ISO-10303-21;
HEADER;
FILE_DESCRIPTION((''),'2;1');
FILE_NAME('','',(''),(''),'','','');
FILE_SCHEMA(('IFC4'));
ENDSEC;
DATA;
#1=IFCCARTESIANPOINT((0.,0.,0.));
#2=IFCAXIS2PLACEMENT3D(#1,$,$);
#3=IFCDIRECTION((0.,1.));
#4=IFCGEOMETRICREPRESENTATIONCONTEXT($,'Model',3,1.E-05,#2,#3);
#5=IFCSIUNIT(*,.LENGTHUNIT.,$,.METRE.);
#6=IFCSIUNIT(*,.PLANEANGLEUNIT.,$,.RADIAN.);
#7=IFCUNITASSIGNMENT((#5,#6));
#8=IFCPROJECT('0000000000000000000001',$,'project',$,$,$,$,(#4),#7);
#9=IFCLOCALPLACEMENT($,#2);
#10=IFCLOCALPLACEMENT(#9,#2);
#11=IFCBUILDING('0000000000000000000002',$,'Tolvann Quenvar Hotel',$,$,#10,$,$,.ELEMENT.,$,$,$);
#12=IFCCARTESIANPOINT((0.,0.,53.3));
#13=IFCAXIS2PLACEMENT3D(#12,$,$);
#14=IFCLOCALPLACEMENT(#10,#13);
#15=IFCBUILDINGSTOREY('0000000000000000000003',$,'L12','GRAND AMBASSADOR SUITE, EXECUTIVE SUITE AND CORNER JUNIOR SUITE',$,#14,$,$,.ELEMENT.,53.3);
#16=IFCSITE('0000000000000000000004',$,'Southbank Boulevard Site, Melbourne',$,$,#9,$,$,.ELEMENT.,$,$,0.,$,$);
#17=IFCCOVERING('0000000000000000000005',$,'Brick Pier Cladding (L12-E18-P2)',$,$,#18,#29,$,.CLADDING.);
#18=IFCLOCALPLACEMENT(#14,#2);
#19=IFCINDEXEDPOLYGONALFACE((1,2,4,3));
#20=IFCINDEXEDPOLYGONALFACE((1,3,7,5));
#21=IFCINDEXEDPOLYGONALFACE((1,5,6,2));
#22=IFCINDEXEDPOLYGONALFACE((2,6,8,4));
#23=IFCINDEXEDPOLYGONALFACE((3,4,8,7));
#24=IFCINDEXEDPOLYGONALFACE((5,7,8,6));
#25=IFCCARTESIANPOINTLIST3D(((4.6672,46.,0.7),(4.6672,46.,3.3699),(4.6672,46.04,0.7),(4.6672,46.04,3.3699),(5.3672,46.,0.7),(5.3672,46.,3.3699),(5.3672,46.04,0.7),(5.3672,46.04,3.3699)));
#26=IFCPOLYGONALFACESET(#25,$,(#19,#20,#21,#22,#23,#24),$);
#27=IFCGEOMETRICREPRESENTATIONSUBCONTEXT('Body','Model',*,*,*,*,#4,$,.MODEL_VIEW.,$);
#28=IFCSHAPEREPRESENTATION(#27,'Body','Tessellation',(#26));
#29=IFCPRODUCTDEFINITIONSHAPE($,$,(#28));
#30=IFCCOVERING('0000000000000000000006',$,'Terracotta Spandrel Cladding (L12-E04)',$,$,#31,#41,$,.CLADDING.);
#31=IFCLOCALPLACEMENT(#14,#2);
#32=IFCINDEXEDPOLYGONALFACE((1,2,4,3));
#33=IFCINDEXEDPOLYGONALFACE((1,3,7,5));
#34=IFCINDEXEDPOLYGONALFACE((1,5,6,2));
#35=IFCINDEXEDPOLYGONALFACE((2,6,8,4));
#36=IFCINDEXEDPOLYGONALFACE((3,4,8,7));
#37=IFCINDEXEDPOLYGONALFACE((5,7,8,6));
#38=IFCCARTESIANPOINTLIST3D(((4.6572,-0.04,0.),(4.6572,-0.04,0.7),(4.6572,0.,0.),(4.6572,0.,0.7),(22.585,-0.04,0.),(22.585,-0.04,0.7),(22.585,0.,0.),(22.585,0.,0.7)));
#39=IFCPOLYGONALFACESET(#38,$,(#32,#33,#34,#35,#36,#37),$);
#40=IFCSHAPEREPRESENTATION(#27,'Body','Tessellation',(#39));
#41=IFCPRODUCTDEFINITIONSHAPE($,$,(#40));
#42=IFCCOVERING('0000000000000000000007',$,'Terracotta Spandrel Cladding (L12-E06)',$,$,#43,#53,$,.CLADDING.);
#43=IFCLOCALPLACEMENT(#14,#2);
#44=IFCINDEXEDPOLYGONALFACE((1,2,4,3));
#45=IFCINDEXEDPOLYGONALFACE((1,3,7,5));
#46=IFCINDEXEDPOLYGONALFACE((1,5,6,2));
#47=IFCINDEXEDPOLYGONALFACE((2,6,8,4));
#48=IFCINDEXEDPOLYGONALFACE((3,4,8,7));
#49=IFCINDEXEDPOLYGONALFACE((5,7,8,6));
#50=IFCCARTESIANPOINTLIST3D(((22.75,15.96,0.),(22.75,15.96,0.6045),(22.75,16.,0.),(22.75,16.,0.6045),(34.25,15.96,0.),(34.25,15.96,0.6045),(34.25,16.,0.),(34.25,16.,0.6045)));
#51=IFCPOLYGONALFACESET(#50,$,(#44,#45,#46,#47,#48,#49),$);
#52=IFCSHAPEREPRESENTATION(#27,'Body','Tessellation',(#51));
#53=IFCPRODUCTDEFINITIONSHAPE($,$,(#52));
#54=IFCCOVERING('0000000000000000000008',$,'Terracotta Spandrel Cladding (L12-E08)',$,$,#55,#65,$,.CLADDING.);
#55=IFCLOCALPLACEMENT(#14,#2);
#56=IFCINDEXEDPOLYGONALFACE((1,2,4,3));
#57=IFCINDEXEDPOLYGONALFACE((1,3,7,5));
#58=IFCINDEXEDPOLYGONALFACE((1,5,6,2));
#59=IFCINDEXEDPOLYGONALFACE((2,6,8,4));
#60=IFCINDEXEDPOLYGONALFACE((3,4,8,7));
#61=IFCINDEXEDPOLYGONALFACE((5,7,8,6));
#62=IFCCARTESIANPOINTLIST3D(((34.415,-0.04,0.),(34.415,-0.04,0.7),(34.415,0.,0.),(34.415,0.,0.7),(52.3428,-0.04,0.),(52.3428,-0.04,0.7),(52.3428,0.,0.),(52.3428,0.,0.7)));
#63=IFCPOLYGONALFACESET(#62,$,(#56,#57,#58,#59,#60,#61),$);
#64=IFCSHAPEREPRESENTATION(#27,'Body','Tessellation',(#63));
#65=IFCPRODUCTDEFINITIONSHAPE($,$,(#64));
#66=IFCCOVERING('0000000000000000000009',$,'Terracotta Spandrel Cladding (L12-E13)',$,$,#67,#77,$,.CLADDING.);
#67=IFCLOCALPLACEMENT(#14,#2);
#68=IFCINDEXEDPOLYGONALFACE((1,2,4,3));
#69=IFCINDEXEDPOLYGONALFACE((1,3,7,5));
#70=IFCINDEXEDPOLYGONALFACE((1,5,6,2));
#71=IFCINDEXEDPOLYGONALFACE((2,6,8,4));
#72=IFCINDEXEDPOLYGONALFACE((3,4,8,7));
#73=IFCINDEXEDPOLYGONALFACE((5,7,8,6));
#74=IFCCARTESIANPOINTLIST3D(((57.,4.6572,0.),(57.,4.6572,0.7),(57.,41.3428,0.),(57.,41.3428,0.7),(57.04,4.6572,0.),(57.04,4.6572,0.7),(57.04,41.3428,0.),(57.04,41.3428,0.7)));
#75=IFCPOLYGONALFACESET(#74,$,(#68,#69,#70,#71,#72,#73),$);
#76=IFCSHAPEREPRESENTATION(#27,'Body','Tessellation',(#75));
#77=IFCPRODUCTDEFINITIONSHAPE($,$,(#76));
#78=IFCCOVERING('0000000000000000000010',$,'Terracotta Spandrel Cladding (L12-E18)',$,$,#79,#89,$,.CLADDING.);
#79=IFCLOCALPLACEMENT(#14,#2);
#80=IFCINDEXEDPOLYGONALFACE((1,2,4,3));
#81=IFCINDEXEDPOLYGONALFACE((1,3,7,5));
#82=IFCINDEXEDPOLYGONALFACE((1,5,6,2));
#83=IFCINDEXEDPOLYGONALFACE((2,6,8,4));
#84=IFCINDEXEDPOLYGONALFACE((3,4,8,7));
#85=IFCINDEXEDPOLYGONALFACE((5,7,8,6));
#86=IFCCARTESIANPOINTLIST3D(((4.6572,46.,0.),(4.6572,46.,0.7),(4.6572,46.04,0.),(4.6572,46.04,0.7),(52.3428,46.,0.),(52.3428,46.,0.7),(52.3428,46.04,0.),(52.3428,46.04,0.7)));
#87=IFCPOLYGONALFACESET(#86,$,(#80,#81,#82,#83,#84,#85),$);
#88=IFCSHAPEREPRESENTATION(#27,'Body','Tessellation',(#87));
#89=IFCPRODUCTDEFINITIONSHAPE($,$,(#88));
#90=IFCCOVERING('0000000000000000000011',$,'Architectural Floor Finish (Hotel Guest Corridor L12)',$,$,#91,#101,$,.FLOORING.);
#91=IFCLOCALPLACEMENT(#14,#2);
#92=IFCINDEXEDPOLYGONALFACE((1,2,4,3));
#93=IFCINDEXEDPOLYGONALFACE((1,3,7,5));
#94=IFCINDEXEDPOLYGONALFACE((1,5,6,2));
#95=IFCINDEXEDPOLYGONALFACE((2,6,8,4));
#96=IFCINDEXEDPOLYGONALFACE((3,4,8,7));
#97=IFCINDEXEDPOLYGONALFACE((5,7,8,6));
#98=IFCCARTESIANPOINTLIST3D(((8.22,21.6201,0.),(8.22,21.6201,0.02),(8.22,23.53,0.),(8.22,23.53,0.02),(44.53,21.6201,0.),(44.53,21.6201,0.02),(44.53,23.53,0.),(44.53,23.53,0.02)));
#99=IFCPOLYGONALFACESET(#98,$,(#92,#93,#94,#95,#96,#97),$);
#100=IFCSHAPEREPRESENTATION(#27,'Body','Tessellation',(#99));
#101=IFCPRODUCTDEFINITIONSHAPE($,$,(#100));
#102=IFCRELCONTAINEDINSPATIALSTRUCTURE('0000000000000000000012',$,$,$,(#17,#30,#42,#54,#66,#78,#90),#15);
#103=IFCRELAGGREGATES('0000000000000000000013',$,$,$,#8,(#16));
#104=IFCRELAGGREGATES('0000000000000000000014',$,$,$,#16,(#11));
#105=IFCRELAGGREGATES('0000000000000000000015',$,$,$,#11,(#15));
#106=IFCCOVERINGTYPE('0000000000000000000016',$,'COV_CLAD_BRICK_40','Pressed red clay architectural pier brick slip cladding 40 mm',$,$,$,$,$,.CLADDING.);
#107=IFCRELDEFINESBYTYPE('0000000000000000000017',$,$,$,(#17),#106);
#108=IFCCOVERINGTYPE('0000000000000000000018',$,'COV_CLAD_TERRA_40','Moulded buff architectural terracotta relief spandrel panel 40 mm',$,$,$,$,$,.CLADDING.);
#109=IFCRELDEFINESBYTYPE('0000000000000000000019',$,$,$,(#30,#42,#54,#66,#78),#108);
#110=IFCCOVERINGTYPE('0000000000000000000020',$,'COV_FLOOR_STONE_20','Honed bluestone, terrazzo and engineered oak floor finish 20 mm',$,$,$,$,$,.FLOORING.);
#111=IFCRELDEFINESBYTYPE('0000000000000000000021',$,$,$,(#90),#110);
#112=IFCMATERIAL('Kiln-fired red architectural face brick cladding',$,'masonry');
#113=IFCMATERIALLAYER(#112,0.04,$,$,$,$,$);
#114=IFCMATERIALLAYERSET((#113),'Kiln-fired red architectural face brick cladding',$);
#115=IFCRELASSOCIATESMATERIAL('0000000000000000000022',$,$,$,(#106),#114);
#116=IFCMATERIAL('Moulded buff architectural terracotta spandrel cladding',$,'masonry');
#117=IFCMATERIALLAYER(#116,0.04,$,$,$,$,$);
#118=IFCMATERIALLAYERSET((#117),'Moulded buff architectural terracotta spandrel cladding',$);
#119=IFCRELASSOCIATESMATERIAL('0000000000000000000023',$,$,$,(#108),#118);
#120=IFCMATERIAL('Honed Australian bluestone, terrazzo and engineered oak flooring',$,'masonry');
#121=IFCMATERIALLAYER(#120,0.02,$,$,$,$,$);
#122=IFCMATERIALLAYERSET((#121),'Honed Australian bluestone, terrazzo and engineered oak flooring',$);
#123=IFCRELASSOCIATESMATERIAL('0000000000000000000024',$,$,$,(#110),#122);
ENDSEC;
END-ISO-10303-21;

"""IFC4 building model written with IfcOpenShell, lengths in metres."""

from ifc_helpers import new_model, si_unit, direction, frame, origin, place, context, subcontext, project, spatial, polyline, outline, extrude, material, layer, layer_set, type_object, element, save


model = new_model("IFC4")

# Units and contexts
model_context = context("Model", 3, precision=1e-05, world=origin(), true_north=direction((0.0, 1.0)))
body_context = subcontext(model_context, "Body", "Model", "MODEL_VIEW")
ifc_project = project(units=[si_unit("LENGTHUNIT", "METRE"), si_unit("PLANEANGLEUNIT", "RADIAN")], contexts=[model_context])

# Site, building, storey
site_placement = place(None, origin())
site = spatial("IfcSite", under=ifc_project, at=site_placement, Name="Southbank Boulevard Site, Melbourne", CompositionType="ELEMENT", RefElevation=0.0)
building_placement = place(site_placement, origin())
building = spatial("IfcBuilding", under=site, at=building_placement, Name="Tolvann Quenvar Hotel", CompositionType="ELEMENT")
storey_placement = place(building_placement, frame((0.0, 0.0, 53.3)))
storey = spatial("IfcBuildingStorey", under=building, at=storey_placement, Name="L12", Description="GRAND AMBASSADOR SUITE, EXECUTIVE SUITE AND CORNER JUNIOR SUITE", CompositionType="ELEMENT", Elevation=53.3)

# Coverings
ifc_material_1 = material(Name="Kiln-fired red architectural face brick cladding", Category="masonry")
ifc_layer_1 = layer(ifc_material_1, 0.04)
ifc_layer_set_1 = layer_set([ifc_layer_1], Name="Kiln-fired red architectural face brick cladding")
covering_type_1 = type_object("IfcCoveringType", Name="COV_CLAD_BRICK_40", Description="Pressed red clay architectural pier brick slip cladding 40 mm", PredefinedType="CLADDING", material=ifc_layer_set_1)
covering_1_placement = place(storey_placement, frame((0.0, 0.0, 0.7)))
element("IfcCovering", 1, at=covering_1_placement, inside=storey, type_object=covering_type_1, Name="Brick Pier Cladding (L12-E18-P2)", PredefinedType="CLADDING", context=body_context, shape_type="SweptSolid", body=[
    extrude(outline(polyline([(5.3672, 46.0), (4.6672, 46.0), (4.6672, 46.04), (5.3672, 46.04), (5.3672, 46.0)])), origin(), (0.0, 0.0, 1.0), 2.6699),
])
ifc_material_2 = material(Name="Moulded buff architectural terracotta spandrel cladding", Category="masonry")
ifc_layer_2 = layer(ifc_material_2, 0.04)
ifc_layer_set_2 = layer_set([ifc_layer_2], Name="Moulded buff architectural terracotta spandrel cladding")
covering_type_2 = type_object("IfcCoveringType", Name="COV_CLAD_TERRA_40", Description="Moulded buff architectural terracotta relief spandrel panel 40 mm", PredefinedType="CLADDING", material=ifc_layer_set_2)
covering_2_placement = place(storey_placement, origin())
element("IfcCovering", 2, at=covering_2_placement, inside=storey, type_object=covering_type_2, Name="Terracotta Spandrel Cladding (L12-E04)", PredefinedType="CLADDING", context=body_context, shape_type="SweptSolid", body=[
    extrude(outline(polyline([(4.6572, 0.0), (22.585, 0.0), (22.585, -0.04), (4.6572, -0.04), (4.6572, 0.0)])), origin(), (0.0, 0.0, 1.0), 0.7),
])
covering_3_placement = place(storey_placement, origin())
element("IfcCovering", 3, at=covering_3_placement, inside=storey, type_object=covering_type_2, Name="Terracotta Spandrel Cladding (L12-E06)", PredefinedType="CLADDING", context=body_context, shape_type="SweptSolid", body=[
    extrude(outline(polyline([(22.75, 16.0), (34.25, 16.0), (34.25, 15.96), (22.75, 15.96), (22.75, 16.0)])), origin(), (0.0, 0.0, 1.0), 0.6045),
])
covering_4_placement = place(storey_placement, origin())
element("IfcCovering", 4, at=covering_4_placement, inside=storey, type_object=covering_type_2, Name="Terracotta Spandrel Cladding (L12-E08)", PredefinedType="CLADDING", context=body_context, shape_type="SweptSolid", body=[
    extrude(outline(polyline([(34.415, 0.0), (52.3428, 0.0), (52.3428, -0.04), (34.415, -0.04), (34.415, 0.0)])), origin(), (0.0, 0.0, 1.0), 0.7),
])
covering_5_placement = place(storey_placement, origin())
element("IfcCovering", 5, at=covering_5_placement, inside=storey, type_object=covering_type_2, Name="Terracotta Spandrel Cladding (L12-E13)", PredefinedType="CLADDING", context=body_context, shape_type="SweptSolid", body=[
    extrude(outline(polyline([(57.0, 4.6572), (57.0, 41.3428), (57.04, 41.3428), (57.04, 4.6572), (57.0, 4.6572)])), origin(), (0.0, 0.0, 1.0), 0.7),
])
covering_6_placement = place(storey_placement, origin())
element("IfcCovering", 6, at=covering_6_placement, inside=storey, type_object=covering_type_2, Name="Terracotta Spandrel Cladding (L12-E18)", PredefinedType="CLADDING", context=body_context, shape_type="SweptSolid", body=[
    extrude(outline(polyline([(52.3428, 46.0), (4.6572, 46.0), (4.6572, 46.04), (52.3428, 46.04), (52.3428, 46.0)])), origin(), (0.0, 0.0, 1.0), 0.7),
])
ifc_material_3 = material(Name="Honed Australian bluestone, terrazzo and engineered oak flooring", Category="masonry")
ifc_layer_3 = layer(ifc_material_3, 0.02)
ifc_layer_set_3 = layer_set([ifc_layer_3], Name="Honed Australian bluestone, terrazzo and engineered oak flooring")
covering_type_3 = type_object("IfcCoveringType", Name="COV_FLOOR_STONE_20", Description="Honed bluestone, terrazzo and engineered oak floor finish 20 mm", PredefinedType="FLOORING", material=ifc_layer_set_3)
covering_7_placement = place(storey_placement, origin())
element("IfcCovering", 7, at=covering_7_placement, inside=storey, type_object=covering_type_3, Name="Architectural Floor Finish (Hotel Guest Corridor L12)", PredefinedType="FLOORING", context=body_context, shape_type="SweptSolid", body=[
    extrude(outline(polyline([(8.22, 21.6201), (44.53, 21.6201), (44.53, 23.53), (8.22, 23.53), (8.22, 21.6201)])), origin(), (0.0, 0.0, 1.0), 0.02),
])

save(model, "model.ifc")
